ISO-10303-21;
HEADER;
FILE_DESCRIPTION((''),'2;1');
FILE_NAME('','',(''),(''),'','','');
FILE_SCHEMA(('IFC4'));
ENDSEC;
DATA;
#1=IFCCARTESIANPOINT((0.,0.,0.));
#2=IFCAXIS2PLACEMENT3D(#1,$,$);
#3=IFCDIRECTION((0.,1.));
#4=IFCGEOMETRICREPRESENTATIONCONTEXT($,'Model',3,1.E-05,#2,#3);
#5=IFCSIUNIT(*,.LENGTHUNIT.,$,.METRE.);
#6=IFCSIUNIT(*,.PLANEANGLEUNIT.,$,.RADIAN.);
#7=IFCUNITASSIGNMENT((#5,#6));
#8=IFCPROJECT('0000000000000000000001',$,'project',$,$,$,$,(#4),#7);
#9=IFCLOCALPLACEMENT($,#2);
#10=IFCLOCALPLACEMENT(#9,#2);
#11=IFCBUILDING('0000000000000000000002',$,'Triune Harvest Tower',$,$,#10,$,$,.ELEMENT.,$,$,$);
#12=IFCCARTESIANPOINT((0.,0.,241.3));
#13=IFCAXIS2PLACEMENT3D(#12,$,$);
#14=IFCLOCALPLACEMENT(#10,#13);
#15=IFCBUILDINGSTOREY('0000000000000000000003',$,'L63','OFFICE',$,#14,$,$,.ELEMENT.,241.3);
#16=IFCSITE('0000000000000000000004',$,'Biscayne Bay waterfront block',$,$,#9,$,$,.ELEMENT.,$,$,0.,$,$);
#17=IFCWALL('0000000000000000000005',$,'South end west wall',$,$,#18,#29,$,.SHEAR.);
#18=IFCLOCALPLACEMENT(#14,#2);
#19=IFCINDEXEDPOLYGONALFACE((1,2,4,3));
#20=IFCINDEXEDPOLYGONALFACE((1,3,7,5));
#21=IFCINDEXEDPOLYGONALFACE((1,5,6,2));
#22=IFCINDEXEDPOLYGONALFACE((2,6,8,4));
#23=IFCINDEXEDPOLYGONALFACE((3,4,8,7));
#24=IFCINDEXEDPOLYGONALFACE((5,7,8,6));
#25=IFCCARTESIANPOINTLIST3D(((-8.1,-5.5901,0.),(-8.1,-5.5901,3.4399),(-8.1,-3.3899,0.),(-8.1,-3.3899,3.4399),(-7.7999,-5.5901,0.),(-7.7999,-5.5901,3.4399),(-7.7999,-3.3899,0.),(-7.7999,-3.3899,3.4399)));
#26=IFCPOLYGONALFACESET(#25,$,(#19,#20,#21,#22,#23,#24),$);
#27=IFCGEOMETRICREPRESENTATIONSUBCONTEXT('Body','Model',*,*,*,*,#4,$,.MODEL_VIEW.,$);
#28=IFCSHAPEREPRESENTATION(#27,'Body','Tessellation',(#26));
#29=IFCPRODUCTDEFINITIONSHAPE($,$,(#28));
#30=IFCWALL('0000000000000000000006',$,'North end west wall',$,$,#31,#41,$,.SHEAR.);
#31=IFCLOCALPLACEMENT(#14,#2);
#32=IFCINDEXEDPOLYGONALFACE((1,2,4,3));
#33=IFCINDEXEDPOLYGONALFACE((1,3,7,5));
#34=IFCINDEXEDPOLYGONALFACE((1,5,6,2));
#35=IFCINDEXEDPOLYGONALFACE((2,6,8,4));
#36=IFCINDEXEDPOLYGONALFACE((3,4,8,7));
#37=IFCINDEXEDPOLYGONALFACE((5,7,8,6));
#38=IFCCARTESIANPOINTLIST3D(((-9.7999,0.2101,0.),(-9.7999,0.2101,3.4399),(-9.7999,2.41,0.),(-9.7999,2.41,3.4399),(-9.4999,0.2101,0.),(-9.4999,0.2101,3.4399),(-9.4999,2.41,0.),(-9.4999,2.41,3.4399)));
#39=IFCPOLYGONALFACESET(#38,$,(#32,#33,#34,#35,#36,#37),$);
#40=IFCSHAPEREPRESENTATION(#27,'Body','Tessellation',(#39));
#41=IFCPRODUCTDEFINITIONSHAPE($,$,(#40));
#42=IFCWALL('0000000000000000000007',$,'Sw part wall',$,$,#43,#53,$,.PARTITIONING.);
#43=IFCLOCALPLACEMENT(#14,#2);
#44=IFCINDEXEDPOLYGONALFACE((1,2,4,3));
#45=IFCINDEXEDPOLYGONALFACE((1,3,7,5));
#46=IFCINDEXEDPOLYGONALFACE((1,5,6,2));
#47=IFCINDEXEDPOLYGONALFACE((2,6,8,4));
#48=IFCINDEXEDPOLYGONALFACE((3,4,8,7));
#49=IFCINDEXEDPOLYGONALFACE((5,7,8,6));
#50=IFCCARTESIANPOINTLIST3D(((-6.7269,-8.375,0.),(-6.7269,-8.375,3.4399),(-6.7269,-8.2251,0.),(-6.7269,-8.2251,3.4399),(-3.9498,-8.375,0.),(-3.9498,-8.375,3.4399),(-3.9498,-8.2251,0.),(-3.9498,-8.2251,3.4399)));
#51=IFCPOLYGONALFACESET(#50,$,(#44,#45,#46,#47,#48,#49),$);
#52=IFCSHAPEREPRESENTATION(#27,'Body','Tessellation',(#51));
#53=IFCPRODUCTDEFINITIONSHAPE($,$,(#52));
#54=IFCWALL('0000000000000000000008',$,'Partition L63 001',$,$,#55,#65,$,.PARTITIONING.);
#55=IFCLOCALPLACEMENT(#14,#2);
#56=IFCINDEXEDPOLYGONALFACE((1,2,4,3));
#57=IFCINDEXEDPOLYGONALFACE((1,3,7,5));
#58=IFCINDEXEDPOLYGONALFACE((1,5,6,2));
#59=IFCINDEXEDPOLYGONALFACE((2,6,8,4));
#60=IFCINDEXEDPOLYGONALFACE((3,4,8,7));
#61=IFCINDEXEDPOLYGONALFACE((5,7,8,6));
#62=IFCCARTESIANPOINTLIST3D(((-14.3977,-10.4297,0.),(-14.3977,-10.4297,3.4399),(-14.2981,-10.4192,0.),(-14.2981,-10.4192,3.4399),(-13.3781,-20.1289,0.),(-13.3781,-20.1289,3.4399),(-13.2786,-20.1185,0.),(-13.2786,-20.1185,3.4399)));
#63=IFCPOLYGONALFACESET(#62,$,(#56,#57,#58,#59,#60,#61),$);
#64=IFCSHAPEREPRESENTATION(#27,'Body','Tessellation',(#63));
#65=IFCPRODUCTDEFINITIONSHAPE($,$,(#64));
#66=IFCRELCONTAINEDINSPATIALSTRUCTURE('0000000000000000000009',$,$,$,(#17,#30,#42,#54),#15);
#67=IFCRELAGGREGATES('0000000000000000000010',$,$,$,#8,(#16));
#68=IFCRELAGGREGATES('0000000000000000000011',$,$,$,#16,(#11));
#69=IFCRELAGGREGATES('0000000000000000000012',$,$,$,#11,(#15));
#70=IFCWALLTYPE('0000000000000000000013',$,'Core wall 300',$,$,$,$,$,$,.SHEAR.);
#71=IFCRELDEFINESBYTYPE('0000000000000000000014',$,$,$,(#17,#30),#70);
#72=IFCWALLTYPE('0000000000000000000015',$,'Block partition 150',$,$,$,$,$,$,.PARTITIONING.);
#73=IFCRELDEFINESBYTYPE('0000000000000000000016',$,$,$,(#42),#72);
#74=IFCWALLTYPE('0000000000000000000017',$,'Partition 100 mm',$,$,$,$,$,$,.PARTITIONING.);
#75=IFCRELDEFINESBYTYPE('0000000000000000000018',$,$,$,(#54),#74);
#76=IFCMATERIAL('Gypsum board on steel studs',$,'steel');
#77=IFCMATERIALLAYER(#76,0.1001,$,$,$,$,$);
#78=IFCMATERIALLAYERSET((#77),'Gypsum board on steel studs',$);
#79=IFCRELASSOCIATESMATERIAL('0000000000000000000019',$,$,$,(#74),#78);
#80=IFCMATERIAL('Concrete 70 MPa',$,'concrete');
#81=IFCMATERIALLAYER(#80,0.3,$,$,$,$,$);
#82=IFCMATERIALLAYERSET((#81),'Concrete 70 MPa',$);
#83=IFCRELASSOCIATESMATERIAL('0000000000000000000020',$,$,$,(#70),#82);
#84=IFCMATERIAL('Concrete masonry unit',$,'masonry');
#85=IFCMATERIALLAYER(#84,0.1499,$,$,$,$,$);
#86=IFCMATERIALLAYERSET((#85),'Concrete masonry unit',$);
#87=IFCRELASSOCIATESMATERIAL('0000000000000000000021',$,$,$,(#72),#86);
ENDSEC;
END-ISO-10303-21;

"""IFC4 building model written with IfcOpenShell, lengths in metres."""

from ifc_helpers import new_model, si_unit, direction, frame, frame_2d, origin, place, context, subcontext, project, spatial, rectangle, extrude, source, transform, mapped, material, layer, layer_set, type_object, element, save


model = new_model("IFC4")

# Units and contexts
model_context = context("Model", 3, precision=1e-05, world=origin(), true_north=direction((0.0, 1.0)))
body_context = subcontext(model_context, "Body", "Model", "MODEL_VIEW")
ifc_project = project(units=[si_unit("LENGTHUNIT", "METRE"), si_unit("PLANEANGLEUNIT", "RADIAN")], contexts=[model_context])

# Site, building, storey
site_placement = place(None, origin())
site = spatial("IfcSite", under=ifc_project, at=site_placement, Name="Biscayne Bay waterfront block", CompositionType="ELEMENT", RefElevation=0.0)
building_placement = place(site_placement, origin())
building = spatial("IfcBuilding", under=site, at=building_placement, Name="Triune Harvest Tower", CompositionType="ELEMENT")
storey_placement = place(building_placement, frame((0.0, 0.0, 241.3)))
storey = spatial("IfcBuildingStorey", under=building, at=storey_placement, Name="L63", Description="OFFICE", CompositionType="ELEMENT", Elevation=241.3)

# Shared definitions
ifc_material_1 = material(Name="Gypsum board on steel studs", Category="steel")
ifc_layer_1 = layer(ifc_material_1, 0.1001)
ifc_layer_set_1 = layer_set([ifc_layer_1], Name="Gypsum board on steel studs")
wall_type_1 = type_object("IfcWallType", Name="Partition 100 mm", PredefinedType="PARTITIONING", material=ifc_layer_set_1)

# Shared definitions
ifc_material_2 = material(Name="Concrete 70 MPa", Category="concrete")
ifc_layer_2 = layer(ifc_material_2, 0.3)
ifc_layer_set_2 = layer_set([ifc_layer_2], Name="Concrete 70 MPa")
wall_type_2 = type_object("IfcWallType", Name="Core wall 300", PredefinedType="SHEAR", material=ifc_layer_set_2)

# Walls
shared_shape_1 = source(origin(), body_context, "Body", "SweptSolid", [
    extrude(rectangle(XDim=2.2002, YDim=0.3, at=frame_2d((1.1001, 0.0))), origin(), (0.0, 0.0, 1.0), 3.4399),
])
wall_1_placement = place(storey_placement, frame((-7.95, -5.5901, 0.0), z_axis=(0.0, 0.0, 1.0), x_axis=(0.0, 1.0, 0.0)))
element("IfcWall", 1, at=wall_1_placement, inside=storey, type_object=wall_type_2, Name="South end west wall", PredefinedType="SHEAR", context=body_context, shape_type="MappedRepresentation", body=[
    mapped(shared_shape_1, transform((0.0, 0.0, 0.0), scale=1.0)),
])
shared_shape_2 = source(origin(), body_context, "Body", "SweptSolid", [
    extrude(rectangle(XDim=2.2, YDim=0.3, at=frame_2d((1.1001, 0.0))), origin(), (0.0, 0.0, 1.0), 3.4399),
])
wall_2_placement = place(storey_placement, frame((-9.6499, 0.21, 0.0), z_axis=(0.0, 0.0, 1.0), x_axis=(0.0, 1.0, 0.0)))
element("IfcWall", 2, at=wall_2_placement, inside=storey, type_object=wall_type_2, Name="North end west wall", PredefinedType="SHEAR", context=body_context, shape_type="MappedRepresentation", body=[
    mapped(shared_shape_2, transform((0.0, 0.0, 0.0), scale=1.0)),
])
ifc_material_3 = material(Name="Concrete masonry unit", Category="masonry")
ifc_layer_3 = layer(ifc_material_3, 0.1499)
ifc_layer_set_3 = layer_set([ifc_layer_3], Name="Concrete masonry unit")
wall_type_3 = type_object("IfcWallType", Name="Block partition 150", PredefinedType="PARTITIONING", material=ifc_layer_set_3)
shared_shape_3 = source(origin(), body_context, "Body", "SweptSolid", [
    extrude(rectangle(XDim=2.7771, YDim=0.1499, at=frame_2d((1.3887, 0.0))), origin(), (0.0, 0.0, 1.0), 3.4399),
])
wall_3_placement = place(storey_placement, frame((-6.7271, -8.3, 0.0), z_axis=(0.0, 0.0, 1.0), x_axis=(1.0, 0.0, 0.0)))
element("IfcWall", 3, at=wall_3_placement, inside=storey, type_object=wall_type_3, Name="Sw part wall", PredefinedType="PARTITIONING", context=body_context, shape_type="MappedRepresentation", body=[
    mapped(shared_shape_3, transform((0.0, 0.0, 0.0), scale=1.0)),
])
shared_shape_4 = source(origin(), body_context, "Body", "SweptSolid", [
    extrude(rectangle(XDim=9.7527, YDim=0.1001, at=frame_2d((4.8765, 0.0))), origin(), (0.0, 0.0, 1.0), 3.4399),
])
wall_4_placement = place(storey_placement, frame((-14.3479, -10.4243, 0.0), z_axis=(0.0, 0.0, 1.0), x_axis=(0.104539, -0.994521, 0.0)))
element("IfcWall", 4, at=wall_4_placement, inside=storey, type_object=wall_type_1, Name="Partition L63 001", PredefinedType="PARTITIONING", context=body_context, shape_type="MappedRepresentation", body=[
    mapped(shared_shape_4, transform((0.0, 0.0, 0.0), scale=1.0)),
])

save(model, "model.ifc")
